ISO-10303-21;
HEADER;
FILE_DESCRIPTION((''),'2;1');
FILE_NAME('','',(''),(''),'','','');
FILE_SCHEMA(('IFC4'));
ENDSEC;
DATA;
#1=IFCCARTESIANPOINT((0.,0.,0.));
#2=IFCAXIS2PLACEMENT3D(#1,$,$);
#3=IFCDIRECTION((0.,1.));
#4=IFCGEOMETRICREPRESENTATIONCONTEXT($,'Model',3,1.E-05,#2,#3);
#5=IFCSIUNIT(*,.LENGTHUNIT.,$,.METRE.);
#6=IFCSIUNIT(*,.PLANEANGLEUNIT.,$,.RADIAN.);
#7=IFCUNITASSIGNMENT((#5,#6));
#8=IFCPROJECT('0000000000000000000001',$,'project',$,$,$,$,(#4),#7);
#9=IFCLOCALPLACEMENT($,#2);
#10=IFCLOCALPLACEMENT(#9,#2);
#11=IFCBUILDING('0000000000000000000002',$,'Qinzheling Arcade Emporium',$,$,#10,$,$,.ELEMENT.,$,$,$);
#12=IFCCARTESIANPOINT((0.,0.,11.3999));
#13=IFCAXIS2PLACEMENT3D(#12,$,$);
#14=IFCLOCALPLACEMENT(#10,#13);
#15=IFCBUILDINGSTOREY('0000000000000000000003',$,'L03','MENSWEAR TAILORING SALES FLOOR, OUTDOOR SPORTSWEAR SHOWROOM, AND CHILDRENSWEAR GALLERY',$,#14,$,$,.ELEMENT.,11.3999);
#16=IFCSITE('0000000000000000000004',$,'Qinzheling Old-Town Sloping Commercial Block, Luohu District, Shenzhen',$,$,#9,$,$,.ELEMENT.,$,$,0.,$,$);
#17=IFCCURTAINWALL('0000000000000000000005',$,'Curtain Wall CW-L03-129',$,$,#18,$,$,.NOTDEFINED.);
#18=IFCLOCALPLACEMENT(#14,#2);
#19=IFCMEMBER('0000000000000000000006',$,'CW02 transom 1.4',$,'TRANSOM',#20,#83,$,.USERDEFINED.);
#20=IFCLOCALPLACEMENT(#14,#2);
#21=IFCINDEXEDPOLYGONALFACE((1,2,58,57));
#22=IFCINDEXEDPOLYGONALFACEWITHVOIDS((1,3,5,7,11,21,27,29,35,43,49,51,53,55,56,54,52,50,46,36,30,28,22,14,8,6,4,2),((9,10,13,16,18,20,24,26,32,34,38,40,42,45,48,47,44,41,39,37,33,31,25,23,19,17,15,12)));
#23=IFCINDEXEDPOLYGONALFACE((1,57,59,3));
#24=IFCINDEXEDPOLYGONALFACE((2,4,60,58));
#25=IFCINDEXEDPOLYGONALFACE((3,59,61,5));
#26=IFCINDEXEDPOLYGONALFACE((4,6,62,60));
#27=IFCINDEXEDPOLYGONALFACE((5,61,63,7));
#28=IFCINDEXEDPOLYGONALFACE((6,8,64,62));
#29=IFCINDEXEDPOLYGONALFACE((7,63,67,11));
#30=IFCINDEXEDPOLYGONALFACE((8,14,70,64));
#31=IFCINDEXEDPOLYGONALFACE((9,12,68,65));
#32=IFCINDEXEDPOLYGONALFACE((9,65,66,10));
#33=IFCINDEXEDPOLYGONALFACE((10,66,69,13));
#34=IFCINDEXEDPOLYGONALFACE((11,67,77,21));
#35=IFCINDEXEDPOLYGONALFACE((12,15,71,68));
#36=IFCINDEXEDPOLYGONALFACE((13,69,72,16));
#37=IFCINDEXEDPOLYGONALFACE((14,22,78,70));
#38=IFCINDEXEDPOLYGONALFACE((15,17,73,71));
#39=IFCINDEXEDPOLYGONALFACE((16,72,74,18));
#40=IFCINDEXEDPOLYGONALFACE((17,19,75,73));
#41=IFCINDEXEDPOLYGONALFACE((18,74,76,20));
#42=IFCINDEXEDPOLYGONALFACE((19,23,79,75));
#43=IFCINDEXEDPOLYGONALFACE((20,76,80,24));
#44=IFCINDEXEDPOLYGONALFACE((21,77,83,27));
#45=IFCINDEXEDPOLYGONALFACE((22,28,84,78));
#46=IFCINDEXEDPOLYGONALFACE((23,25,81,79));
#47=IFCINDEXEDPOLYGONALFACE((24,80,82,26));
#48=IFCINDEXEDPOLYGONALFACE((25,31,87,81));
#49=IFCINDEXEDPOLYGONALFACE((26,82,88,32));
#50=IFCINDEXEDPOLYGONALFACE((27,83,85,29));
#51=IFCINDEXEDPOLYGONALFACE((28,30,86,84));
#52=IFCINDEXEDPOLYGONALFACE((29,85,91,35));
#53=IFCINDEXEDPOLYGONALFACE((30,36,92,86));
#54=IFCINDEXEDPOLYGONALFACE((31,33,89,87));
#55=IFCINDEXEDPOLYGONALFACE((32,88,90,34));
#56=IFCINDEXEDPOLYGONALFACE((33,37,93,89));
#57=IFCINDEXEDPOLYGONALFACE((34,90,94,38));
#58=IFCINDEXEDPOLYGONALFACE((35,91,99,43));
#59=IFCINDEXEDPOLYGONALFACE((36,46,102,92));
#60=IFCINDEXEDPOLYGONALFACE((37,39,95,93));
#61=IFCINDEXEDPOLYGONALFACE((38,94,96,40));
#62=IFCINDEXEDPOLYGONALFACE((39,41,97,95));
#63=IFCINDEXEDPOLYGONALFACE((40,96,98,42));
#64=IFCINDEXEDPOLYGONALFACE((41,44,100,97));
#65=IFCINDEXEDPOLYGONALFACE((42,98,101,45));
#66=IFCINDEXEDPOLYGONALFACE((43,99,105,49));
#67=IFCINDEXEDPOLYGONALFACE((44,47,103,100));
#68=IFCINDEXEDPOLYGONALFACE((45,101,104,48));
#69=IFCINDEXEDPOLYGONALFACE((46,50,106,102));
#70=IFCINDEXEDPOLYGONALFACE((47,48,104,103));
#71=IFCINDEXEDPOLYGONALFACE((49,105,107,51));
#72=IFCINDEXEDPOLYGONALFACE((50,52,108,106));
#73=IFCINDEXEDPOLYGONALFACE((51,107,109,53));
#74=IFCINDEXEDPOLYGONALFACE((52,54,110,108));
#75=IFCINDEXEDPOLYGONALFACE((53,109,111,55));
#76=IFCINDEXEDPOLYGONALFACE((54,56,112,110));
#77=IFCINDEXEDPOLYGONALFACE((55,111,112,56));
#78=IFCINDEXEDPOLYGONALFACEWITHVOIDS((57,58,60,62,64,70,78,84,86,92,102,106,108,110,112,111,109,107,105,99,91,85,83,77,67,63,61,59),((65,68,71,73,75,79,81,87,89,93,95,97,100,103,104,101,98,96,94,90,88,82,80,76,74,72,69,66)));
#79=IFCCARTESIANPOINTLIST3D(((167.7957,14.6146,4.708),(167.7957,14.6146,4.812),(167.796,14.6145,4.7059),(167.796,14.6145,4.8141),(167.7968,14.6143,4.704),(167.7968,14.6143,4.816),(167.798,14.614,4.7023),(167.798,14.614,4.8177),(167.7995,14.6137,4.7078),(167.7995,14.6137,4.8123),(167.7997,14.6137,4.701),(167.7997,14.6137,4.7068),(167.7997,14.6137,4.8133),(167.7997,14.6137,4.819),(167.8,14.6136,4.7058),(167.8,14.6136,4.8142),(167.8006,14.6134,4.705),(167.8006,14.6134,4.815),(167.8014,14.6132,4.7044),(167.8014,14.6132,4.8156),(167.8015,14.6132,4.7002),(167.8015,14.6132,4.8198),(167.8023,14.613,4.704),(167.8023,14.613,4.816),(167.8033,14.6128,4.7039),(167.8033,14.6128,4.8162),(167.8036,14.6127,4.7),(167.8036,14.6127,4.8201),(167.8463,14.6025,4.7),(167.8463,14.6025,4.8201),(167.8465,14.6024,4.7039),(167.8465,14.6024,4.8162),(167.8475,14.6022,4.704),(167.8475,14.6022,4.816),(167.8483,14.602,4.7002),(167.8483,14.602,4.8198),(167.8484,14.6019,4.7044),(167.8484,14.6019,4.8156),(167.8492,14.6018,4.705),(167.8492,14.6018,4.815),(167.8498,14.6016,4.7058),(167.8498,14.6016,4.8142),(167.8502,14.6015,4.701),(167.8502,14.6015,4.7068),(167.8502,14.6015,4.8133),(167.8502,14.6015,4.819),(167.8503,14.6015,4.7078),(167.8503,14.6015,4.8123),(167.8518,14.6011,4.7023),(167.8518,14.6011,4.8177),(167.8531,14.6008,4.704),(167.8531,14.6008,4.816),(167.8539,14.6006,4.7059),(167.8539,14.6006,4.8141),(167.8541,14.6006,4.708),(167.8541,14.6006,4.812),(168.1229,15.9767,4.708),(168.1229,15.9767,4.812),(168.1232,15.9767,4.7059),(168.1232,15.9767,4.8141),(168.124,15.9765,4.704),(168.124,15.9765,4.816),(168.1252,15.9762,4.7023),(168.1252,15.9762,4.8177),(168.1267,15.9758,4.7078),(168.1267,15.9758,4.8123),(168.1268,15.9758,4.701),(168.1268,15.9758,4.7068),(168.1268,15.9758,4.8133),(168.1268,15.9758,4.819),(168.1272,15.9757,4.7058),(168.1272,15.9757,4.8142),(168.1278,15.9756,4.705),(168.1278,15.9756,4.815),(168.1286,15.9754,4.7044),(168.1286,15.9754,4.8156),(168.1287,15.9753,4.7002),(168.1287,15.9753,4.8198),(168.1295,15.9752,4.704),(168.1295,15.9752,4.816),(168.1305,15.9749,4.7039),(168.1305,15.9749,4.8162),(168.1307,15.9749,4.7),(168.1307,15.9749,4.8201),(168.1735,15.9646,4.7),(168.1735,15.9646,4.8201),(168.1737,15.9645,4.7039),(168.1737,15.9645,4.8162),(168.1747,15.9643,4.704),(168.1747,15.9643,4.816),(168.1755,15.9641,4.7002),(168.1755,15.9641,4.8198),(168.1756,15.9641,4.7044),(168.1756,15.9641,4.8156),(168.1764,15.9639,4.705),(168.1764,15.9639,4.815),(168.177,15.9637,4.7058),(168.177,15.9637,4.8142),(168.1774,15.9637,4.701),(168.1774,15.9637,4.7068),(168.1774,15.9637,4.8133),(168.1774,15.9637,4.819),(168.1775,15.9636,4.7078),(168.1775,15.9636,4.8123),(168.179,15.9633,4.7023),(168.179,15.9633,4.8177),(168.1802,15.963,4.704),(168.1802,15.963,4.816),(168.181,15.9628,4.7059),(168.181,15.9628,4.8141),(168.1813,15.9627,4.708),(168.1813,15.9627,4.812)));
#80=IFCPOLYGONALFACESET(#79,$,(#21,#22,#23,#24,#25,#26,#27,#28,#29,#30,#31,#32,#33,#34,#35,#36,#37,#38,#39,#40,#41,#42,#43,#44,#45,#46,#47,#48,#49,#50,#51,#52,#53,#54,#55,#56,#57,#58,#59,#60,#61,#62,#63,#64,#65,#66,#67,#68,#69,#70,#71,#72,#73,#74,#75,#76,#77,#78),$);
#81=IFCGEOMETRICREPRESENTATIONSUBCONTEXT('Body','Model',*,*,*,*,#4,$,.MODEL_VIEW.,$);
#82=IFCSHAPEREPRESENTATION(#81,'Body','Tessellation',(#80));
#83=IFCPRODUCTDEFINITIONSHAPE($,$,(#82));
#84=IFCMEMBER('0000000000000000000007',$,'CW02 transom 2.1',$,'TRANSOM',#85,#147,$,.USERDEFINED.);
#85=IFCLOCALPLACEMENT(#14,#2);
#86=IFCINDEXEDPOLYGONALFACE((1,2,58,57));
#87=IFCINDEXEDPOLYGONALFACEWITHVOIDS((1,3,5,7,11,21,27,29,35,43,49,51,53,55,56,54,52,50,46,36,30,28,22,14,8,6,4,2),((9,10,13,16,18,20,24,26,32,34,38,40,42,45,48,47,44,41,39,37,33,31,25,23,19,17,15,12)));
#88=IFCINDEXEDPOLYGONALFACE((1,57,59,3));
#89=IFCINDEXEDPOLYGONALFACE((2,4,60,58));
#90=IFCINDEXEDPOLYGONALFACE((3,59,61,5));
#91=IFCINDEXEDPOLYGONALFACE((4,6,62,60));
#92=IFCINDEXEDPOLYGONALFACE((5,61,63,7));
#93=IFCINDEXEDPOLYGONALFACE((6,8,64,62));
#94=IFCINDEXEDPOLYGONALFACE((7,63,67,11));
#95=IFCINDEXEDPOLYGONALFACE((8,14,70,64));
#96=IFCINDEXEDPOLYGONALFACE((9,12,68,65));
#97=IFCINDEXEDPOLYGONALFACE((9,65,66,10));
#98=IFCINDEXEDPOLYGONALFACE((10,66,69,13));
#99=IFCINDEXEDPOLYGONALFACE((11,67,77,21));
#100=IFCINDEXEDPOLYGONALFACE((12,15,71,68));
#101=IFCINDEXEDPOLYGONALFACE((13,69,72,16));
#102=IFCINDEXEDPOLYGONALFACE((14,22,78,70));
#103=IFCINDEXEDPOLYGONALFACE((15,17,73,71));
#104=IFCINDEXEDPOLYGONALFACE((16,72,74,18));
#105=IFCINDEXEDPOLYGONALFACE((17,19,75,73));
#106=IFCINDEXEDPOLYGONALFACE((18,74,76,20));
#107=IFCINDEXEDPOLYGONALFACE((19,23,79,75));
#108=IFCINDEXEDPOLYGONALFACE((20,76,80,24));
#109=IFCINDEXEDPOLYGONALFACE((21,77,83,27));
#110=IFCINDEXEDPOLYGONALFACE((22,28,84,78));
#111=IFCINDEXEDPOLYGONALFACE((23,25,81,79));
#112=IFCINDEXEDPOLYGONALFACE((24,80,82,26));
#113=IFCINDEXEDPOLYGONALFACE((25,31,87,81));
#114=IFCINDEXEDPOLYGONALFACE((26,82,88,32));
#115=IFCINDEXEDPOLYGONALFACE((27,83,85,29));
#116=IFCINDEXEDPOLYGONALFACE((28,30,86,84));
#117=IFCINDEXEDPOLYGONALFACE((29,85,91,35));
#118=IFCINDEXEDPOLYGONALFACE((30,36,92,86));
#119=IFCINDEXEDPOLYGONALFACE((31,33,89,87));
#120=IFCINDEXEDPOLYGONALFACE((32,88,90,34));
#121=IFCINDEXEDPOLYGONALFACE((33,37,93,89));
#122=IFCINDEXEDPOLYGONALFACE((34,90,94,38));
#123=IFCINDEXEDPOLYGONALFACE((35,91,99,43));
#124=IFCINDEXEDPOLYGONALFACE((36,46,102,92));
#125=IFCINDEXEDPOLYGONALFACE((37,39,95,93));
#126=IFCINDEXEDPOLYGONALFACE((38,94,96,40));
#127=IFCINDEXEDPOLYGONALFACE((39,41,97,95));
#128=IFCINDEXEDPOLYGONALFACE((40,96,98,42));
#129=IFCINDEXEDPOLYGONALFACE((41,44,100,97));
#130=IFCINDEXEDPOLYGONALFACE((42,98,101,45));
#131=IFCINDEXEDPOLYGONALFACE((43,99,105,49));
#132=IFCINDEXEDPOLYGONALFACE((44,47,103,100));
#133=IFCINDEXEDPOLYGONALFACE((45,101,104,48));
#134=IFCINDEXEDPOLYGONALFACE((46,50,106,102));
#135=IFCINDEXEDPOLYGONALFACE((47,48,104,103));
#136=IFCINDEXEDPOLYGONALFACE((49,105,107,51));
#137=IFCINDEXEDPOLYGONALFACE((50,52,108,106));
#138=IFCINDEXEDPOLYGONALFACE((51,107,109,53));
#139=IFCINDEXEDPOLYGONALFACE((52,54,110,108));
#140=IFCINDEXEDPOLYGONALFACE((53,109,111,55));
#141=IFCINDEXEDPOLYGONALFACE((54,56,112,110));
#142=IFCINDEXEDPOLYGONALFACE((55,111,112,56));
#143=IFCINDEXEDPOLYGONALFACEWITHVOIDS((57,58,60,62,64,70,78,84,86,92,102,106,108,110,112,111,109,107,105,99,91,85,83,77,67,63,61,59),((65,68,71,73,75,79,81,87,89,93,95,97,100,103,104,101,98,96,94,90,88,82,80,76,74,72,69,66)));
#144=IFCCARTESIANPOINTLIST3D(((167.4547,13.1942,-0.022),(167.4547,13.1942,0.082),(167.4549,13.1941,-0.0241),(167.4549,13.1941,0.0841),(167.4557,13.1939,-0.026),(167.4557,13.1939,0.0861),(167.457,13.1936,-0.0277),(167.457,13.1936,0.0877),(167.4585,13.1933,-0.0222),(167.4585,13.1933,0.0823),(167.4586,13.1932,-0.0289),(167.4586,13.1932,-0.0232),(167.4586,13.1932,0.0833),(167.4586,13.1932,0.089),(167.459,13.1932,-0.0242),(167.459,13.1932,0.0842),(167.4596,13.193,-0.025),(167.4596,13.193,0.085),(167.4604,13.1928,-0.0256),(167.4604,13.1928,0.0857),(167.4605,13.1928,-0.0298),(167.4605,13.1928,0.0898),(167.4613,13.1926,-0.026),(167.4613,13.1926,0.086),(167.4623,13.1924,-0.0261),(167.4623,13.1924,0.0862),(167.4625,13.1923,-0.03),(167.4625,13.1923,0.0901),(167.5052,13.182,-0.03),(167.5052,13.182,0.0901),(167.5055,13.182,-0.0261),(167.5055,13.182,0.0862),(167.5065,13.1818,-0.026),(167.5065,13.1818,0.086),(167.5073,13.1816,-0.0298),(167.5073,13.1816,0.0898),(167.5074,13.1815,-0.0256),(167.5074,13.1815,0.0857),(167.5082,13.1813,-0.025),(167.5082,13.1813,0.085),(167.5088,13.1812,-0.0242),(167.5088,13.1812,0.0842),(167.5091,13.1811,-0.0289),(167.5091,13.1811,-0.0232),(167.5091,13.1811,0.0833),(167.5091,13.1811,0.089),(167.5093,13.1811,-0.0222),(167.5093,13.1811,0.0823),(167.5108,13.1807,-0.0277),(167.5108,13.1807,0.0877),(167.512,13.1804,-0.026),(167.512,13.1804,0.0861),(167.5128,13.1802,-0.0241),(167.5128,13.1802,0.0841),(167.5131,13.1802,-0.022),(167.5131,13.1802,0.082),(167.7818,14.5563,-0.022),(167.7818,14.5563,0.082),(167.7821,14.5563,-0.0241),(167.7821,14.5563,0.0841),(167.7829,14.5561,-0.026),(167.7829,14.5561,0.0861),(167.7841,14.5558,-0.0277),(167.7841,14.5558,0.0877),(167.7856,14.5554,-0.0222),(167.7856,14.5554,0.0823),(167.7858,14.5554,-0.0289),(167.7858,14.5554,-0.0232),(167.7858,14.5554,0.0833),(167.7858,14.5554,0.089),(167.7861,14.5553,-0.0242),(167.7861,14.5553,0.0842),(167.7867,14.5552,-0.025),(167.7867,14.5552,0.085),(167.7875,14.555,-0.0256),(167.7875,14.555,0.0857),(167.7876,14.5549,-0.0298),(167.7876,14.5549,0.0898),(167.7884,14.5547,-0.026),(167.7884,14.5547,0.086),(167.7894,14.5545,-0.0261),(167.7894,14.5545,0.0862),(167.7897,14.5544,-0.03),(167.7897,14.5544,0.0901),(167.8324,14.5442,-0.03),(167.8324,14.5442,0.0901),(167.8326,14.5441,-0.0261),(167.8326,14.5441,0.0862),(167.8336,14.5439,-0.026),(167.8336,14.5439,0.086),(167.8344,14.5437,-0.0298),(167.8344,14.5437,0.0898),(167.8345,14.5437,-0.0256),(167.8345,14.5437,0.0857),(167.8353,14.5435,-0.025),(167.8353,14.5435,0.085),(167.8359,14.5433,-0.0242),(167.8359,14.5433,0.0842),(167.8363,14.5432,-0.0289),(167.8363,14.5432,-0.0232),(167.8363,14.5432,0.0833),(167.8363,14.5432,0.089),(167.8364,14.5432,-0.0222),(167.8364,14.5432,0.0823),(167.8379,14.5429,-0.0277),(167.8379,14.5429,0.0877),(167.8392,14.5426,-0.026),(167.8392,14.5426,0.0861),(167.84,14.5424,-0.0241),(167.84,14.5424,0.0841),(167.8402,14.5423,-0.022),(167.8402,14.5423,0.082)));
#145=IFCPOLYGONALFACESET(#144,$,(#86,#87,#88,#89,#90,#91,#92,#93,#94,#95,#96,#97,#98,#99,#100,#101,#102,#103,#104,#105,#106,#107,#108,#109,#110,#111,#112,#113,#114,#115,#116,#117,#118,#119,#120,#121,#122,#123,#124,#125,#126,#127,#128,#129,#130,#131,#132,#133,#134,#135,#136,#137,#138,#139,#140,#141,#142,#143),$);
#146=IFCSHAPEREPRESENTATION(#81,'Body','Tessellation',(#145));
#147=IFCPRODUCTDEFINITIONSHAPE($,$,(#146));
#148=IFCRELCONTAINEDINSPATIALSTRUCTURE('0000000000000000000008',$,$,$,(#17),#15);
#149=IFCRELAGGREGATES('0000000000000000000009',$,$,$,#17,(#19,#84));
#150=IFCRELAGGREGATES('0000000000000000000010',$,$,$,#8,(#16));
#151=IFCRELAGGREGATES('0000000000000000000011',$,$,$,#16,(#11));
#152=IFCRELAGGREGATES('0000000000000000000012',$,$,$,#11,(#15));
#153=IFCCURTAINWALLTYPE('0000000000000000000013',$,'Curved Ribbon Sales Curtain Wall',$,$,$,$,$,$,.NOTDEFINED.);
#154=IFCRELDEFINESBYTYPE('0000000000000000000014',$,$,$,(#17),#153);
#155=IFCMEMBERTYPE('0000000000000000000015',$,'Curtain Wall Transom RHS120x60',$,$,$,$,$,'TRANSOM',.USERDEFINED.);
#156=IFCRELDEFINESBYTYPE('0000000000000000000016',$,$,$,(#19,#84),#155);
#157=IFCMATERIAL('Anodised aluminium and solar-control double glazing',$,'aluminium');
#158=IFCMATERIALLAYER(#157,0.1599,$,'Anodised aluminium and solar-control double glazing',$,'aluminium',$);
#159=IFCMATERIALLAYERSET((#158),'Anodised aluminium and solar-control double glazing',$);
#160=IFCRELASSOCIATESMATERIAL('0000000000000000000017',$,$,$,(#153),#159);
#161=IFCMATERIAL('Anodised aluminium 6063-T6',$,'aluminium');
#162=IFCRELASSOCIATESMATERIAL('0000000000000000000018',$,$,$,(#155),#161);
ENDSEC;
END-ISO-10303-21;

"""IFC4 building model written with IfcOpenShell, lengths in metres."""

from ifc_helpers import new_model, si_unit, direction, frame, origin, origin_2d, place, context, subcontext, project, spatial, hollow_rectangle, extrude, material, layer, layer_set, material_profile, profile_set, type_object, element, aggregate, save


model = new_model("IFC4")

# Units and contexts
model_context = context("Model", 3, precision=1e-05, world=origin(), true_north=direction((0.0, 1.0)))
body_context = subcontext(model_context, "Body", "Model", "MODEL_VIEW")
ifc_project = project(units=[si_unit("LENGTHUNIT", "METRE"), si_unit("PLANEANGLEUNIT", "RADIAN")], contexts=[model_context])

# Site, building, storey
site_placement = place(None, origin())
site = spatial("IfcSite", under=ifc_project, at=site_placement, Name="Qinzheling Old-Town Sloping Commercial Block, Luohu District, Shenzhen", CompositionType="ELEMENT", RefElevation=0.0)
building_placement = place(site_placement, origin())
building = spatial("IfcBuilding", under=site, at=building_placement, Name="Qinzheling Arcade Emporium", CompositionType="ELEMENT")
storey_placement = place(building_placement, frame((0.0, 0.0, 11.3999)))
storey = spatial("IfcBuildingStorey", under=building, at=storey_placement, Name="L03", Description="MENSWEAR TAILORING SALES FLOOR, OUTDOOR SPORTSWEAR SHOWROOM, AND CHILDRENSWEAR GALLERY", CompositionType="ELEMENT", Elevation=11.3999)

# Shared definitions
ifc_material_1 = material(Name="Anodised aluminium and solar-control double glazing", Category="aluminium")
ifc_material_2 = material(Name="Anodised aluminium 6063-T6", Category="aluminium")

# Curtain wall
ifc_layer_1 = layer(ifc_material_1, 0.1599, Name="Anodised aluminium and solar-control double glazing", Category="aluminium")
ifc_layer_set_1 = layer_set([ifc_layer_1], Name="Anodised aluminium and solar-control double glazing")
curtain_wall_type_1 = type_object("IfcCurtainWallType", Name="Curved Ribbon Sales Curtain Wall", PredefinedType="NOTDEFINED", material=ifc_layer_set_1)
curtain_wall_1_placement = place(storey_placement, origin())
curtain_wall_1 = element("IfcCurtainWall", 1, at=curtain_wall_1_placement, inside=storey, type_object=curtain_wall_type_1, Name="Curtain Wall CW-L03-129", PredefinedType="NOTDEFINED")

# Members
ifc_material_profile_1 = material_profile(ifc_material_2, hollow_rectangle(XDim=0.0601, YDim=0.1201, WallThickness=0.0039, InnerFilletRadius=0.0039, OuterFilletRadius=0.0081, at=origin_2d()), Name="RHS 120x60x4", Category="aluminium")
ifc_profile_set_1 = profile_set([ifc_material_profile_1], Name="Anodised aluminium 6063-T6")
member_type_1 = type_object("IfcMemberType", Name="Curtain Wall Transom RHS120x60", ElementType="TRANSOM", PredefinedType="USERDEFINED", material=ifc_profile_set_1)
member_1_placement = place(storey_placement, frame((168.1521, 15.9697, 4.76), z_axis=(-0.233544, -0.972346, 0.0), x_axis=(0.972346, -0.233544, 0.0)))
member_1 = element("IfcMember", 2, at=member_1_placement, type_object=member_type_1, Name="CW02 transom 1.4", ObjectType="TRANSOM", PredefinedType="USERDEFINED", context=body_context, shape_type="SweptSolid", body=[
    extrude(hollow_rectangle(XDim=0.0601, YDim=0.1201, WallThickness=0.0039, InnerFilletRadius=0.0039, OuterFilletRadius=0.0081, at=origin_2d()), origin(), (0.0, 0.0, 1.0), 1.4009),
])
member_2_placement = place(storey_placement, frame((167.811, 14.5493, 0.03), z_axis=(-0.233544, -0.972346, 0.0), x_axis=(0.972346, -0.233544, 0.0)))
member_2 = element("IfcMember", 3, at=member_2_placement, type_object=member_type_1, Name="CW02 transom 2.1", ObjectType="TRANSOM", PredefinedType="USERDEFINED", context=body_context, shape_type="SweptSolid", body=[
    extrude(hollow_rectangle(XDim=0.0601, YDim=0.1201, WallThickness=0.0039, InnerFilletRadius=0.0039, OuterFilletRadius=0.0081, at=origin_2d()), origin(), (0.0, 0.0, 1.0), 1.4009),
])

aggregate(curtain_wall_1, [member_1, member_2])

save(model, "model.ifc")
